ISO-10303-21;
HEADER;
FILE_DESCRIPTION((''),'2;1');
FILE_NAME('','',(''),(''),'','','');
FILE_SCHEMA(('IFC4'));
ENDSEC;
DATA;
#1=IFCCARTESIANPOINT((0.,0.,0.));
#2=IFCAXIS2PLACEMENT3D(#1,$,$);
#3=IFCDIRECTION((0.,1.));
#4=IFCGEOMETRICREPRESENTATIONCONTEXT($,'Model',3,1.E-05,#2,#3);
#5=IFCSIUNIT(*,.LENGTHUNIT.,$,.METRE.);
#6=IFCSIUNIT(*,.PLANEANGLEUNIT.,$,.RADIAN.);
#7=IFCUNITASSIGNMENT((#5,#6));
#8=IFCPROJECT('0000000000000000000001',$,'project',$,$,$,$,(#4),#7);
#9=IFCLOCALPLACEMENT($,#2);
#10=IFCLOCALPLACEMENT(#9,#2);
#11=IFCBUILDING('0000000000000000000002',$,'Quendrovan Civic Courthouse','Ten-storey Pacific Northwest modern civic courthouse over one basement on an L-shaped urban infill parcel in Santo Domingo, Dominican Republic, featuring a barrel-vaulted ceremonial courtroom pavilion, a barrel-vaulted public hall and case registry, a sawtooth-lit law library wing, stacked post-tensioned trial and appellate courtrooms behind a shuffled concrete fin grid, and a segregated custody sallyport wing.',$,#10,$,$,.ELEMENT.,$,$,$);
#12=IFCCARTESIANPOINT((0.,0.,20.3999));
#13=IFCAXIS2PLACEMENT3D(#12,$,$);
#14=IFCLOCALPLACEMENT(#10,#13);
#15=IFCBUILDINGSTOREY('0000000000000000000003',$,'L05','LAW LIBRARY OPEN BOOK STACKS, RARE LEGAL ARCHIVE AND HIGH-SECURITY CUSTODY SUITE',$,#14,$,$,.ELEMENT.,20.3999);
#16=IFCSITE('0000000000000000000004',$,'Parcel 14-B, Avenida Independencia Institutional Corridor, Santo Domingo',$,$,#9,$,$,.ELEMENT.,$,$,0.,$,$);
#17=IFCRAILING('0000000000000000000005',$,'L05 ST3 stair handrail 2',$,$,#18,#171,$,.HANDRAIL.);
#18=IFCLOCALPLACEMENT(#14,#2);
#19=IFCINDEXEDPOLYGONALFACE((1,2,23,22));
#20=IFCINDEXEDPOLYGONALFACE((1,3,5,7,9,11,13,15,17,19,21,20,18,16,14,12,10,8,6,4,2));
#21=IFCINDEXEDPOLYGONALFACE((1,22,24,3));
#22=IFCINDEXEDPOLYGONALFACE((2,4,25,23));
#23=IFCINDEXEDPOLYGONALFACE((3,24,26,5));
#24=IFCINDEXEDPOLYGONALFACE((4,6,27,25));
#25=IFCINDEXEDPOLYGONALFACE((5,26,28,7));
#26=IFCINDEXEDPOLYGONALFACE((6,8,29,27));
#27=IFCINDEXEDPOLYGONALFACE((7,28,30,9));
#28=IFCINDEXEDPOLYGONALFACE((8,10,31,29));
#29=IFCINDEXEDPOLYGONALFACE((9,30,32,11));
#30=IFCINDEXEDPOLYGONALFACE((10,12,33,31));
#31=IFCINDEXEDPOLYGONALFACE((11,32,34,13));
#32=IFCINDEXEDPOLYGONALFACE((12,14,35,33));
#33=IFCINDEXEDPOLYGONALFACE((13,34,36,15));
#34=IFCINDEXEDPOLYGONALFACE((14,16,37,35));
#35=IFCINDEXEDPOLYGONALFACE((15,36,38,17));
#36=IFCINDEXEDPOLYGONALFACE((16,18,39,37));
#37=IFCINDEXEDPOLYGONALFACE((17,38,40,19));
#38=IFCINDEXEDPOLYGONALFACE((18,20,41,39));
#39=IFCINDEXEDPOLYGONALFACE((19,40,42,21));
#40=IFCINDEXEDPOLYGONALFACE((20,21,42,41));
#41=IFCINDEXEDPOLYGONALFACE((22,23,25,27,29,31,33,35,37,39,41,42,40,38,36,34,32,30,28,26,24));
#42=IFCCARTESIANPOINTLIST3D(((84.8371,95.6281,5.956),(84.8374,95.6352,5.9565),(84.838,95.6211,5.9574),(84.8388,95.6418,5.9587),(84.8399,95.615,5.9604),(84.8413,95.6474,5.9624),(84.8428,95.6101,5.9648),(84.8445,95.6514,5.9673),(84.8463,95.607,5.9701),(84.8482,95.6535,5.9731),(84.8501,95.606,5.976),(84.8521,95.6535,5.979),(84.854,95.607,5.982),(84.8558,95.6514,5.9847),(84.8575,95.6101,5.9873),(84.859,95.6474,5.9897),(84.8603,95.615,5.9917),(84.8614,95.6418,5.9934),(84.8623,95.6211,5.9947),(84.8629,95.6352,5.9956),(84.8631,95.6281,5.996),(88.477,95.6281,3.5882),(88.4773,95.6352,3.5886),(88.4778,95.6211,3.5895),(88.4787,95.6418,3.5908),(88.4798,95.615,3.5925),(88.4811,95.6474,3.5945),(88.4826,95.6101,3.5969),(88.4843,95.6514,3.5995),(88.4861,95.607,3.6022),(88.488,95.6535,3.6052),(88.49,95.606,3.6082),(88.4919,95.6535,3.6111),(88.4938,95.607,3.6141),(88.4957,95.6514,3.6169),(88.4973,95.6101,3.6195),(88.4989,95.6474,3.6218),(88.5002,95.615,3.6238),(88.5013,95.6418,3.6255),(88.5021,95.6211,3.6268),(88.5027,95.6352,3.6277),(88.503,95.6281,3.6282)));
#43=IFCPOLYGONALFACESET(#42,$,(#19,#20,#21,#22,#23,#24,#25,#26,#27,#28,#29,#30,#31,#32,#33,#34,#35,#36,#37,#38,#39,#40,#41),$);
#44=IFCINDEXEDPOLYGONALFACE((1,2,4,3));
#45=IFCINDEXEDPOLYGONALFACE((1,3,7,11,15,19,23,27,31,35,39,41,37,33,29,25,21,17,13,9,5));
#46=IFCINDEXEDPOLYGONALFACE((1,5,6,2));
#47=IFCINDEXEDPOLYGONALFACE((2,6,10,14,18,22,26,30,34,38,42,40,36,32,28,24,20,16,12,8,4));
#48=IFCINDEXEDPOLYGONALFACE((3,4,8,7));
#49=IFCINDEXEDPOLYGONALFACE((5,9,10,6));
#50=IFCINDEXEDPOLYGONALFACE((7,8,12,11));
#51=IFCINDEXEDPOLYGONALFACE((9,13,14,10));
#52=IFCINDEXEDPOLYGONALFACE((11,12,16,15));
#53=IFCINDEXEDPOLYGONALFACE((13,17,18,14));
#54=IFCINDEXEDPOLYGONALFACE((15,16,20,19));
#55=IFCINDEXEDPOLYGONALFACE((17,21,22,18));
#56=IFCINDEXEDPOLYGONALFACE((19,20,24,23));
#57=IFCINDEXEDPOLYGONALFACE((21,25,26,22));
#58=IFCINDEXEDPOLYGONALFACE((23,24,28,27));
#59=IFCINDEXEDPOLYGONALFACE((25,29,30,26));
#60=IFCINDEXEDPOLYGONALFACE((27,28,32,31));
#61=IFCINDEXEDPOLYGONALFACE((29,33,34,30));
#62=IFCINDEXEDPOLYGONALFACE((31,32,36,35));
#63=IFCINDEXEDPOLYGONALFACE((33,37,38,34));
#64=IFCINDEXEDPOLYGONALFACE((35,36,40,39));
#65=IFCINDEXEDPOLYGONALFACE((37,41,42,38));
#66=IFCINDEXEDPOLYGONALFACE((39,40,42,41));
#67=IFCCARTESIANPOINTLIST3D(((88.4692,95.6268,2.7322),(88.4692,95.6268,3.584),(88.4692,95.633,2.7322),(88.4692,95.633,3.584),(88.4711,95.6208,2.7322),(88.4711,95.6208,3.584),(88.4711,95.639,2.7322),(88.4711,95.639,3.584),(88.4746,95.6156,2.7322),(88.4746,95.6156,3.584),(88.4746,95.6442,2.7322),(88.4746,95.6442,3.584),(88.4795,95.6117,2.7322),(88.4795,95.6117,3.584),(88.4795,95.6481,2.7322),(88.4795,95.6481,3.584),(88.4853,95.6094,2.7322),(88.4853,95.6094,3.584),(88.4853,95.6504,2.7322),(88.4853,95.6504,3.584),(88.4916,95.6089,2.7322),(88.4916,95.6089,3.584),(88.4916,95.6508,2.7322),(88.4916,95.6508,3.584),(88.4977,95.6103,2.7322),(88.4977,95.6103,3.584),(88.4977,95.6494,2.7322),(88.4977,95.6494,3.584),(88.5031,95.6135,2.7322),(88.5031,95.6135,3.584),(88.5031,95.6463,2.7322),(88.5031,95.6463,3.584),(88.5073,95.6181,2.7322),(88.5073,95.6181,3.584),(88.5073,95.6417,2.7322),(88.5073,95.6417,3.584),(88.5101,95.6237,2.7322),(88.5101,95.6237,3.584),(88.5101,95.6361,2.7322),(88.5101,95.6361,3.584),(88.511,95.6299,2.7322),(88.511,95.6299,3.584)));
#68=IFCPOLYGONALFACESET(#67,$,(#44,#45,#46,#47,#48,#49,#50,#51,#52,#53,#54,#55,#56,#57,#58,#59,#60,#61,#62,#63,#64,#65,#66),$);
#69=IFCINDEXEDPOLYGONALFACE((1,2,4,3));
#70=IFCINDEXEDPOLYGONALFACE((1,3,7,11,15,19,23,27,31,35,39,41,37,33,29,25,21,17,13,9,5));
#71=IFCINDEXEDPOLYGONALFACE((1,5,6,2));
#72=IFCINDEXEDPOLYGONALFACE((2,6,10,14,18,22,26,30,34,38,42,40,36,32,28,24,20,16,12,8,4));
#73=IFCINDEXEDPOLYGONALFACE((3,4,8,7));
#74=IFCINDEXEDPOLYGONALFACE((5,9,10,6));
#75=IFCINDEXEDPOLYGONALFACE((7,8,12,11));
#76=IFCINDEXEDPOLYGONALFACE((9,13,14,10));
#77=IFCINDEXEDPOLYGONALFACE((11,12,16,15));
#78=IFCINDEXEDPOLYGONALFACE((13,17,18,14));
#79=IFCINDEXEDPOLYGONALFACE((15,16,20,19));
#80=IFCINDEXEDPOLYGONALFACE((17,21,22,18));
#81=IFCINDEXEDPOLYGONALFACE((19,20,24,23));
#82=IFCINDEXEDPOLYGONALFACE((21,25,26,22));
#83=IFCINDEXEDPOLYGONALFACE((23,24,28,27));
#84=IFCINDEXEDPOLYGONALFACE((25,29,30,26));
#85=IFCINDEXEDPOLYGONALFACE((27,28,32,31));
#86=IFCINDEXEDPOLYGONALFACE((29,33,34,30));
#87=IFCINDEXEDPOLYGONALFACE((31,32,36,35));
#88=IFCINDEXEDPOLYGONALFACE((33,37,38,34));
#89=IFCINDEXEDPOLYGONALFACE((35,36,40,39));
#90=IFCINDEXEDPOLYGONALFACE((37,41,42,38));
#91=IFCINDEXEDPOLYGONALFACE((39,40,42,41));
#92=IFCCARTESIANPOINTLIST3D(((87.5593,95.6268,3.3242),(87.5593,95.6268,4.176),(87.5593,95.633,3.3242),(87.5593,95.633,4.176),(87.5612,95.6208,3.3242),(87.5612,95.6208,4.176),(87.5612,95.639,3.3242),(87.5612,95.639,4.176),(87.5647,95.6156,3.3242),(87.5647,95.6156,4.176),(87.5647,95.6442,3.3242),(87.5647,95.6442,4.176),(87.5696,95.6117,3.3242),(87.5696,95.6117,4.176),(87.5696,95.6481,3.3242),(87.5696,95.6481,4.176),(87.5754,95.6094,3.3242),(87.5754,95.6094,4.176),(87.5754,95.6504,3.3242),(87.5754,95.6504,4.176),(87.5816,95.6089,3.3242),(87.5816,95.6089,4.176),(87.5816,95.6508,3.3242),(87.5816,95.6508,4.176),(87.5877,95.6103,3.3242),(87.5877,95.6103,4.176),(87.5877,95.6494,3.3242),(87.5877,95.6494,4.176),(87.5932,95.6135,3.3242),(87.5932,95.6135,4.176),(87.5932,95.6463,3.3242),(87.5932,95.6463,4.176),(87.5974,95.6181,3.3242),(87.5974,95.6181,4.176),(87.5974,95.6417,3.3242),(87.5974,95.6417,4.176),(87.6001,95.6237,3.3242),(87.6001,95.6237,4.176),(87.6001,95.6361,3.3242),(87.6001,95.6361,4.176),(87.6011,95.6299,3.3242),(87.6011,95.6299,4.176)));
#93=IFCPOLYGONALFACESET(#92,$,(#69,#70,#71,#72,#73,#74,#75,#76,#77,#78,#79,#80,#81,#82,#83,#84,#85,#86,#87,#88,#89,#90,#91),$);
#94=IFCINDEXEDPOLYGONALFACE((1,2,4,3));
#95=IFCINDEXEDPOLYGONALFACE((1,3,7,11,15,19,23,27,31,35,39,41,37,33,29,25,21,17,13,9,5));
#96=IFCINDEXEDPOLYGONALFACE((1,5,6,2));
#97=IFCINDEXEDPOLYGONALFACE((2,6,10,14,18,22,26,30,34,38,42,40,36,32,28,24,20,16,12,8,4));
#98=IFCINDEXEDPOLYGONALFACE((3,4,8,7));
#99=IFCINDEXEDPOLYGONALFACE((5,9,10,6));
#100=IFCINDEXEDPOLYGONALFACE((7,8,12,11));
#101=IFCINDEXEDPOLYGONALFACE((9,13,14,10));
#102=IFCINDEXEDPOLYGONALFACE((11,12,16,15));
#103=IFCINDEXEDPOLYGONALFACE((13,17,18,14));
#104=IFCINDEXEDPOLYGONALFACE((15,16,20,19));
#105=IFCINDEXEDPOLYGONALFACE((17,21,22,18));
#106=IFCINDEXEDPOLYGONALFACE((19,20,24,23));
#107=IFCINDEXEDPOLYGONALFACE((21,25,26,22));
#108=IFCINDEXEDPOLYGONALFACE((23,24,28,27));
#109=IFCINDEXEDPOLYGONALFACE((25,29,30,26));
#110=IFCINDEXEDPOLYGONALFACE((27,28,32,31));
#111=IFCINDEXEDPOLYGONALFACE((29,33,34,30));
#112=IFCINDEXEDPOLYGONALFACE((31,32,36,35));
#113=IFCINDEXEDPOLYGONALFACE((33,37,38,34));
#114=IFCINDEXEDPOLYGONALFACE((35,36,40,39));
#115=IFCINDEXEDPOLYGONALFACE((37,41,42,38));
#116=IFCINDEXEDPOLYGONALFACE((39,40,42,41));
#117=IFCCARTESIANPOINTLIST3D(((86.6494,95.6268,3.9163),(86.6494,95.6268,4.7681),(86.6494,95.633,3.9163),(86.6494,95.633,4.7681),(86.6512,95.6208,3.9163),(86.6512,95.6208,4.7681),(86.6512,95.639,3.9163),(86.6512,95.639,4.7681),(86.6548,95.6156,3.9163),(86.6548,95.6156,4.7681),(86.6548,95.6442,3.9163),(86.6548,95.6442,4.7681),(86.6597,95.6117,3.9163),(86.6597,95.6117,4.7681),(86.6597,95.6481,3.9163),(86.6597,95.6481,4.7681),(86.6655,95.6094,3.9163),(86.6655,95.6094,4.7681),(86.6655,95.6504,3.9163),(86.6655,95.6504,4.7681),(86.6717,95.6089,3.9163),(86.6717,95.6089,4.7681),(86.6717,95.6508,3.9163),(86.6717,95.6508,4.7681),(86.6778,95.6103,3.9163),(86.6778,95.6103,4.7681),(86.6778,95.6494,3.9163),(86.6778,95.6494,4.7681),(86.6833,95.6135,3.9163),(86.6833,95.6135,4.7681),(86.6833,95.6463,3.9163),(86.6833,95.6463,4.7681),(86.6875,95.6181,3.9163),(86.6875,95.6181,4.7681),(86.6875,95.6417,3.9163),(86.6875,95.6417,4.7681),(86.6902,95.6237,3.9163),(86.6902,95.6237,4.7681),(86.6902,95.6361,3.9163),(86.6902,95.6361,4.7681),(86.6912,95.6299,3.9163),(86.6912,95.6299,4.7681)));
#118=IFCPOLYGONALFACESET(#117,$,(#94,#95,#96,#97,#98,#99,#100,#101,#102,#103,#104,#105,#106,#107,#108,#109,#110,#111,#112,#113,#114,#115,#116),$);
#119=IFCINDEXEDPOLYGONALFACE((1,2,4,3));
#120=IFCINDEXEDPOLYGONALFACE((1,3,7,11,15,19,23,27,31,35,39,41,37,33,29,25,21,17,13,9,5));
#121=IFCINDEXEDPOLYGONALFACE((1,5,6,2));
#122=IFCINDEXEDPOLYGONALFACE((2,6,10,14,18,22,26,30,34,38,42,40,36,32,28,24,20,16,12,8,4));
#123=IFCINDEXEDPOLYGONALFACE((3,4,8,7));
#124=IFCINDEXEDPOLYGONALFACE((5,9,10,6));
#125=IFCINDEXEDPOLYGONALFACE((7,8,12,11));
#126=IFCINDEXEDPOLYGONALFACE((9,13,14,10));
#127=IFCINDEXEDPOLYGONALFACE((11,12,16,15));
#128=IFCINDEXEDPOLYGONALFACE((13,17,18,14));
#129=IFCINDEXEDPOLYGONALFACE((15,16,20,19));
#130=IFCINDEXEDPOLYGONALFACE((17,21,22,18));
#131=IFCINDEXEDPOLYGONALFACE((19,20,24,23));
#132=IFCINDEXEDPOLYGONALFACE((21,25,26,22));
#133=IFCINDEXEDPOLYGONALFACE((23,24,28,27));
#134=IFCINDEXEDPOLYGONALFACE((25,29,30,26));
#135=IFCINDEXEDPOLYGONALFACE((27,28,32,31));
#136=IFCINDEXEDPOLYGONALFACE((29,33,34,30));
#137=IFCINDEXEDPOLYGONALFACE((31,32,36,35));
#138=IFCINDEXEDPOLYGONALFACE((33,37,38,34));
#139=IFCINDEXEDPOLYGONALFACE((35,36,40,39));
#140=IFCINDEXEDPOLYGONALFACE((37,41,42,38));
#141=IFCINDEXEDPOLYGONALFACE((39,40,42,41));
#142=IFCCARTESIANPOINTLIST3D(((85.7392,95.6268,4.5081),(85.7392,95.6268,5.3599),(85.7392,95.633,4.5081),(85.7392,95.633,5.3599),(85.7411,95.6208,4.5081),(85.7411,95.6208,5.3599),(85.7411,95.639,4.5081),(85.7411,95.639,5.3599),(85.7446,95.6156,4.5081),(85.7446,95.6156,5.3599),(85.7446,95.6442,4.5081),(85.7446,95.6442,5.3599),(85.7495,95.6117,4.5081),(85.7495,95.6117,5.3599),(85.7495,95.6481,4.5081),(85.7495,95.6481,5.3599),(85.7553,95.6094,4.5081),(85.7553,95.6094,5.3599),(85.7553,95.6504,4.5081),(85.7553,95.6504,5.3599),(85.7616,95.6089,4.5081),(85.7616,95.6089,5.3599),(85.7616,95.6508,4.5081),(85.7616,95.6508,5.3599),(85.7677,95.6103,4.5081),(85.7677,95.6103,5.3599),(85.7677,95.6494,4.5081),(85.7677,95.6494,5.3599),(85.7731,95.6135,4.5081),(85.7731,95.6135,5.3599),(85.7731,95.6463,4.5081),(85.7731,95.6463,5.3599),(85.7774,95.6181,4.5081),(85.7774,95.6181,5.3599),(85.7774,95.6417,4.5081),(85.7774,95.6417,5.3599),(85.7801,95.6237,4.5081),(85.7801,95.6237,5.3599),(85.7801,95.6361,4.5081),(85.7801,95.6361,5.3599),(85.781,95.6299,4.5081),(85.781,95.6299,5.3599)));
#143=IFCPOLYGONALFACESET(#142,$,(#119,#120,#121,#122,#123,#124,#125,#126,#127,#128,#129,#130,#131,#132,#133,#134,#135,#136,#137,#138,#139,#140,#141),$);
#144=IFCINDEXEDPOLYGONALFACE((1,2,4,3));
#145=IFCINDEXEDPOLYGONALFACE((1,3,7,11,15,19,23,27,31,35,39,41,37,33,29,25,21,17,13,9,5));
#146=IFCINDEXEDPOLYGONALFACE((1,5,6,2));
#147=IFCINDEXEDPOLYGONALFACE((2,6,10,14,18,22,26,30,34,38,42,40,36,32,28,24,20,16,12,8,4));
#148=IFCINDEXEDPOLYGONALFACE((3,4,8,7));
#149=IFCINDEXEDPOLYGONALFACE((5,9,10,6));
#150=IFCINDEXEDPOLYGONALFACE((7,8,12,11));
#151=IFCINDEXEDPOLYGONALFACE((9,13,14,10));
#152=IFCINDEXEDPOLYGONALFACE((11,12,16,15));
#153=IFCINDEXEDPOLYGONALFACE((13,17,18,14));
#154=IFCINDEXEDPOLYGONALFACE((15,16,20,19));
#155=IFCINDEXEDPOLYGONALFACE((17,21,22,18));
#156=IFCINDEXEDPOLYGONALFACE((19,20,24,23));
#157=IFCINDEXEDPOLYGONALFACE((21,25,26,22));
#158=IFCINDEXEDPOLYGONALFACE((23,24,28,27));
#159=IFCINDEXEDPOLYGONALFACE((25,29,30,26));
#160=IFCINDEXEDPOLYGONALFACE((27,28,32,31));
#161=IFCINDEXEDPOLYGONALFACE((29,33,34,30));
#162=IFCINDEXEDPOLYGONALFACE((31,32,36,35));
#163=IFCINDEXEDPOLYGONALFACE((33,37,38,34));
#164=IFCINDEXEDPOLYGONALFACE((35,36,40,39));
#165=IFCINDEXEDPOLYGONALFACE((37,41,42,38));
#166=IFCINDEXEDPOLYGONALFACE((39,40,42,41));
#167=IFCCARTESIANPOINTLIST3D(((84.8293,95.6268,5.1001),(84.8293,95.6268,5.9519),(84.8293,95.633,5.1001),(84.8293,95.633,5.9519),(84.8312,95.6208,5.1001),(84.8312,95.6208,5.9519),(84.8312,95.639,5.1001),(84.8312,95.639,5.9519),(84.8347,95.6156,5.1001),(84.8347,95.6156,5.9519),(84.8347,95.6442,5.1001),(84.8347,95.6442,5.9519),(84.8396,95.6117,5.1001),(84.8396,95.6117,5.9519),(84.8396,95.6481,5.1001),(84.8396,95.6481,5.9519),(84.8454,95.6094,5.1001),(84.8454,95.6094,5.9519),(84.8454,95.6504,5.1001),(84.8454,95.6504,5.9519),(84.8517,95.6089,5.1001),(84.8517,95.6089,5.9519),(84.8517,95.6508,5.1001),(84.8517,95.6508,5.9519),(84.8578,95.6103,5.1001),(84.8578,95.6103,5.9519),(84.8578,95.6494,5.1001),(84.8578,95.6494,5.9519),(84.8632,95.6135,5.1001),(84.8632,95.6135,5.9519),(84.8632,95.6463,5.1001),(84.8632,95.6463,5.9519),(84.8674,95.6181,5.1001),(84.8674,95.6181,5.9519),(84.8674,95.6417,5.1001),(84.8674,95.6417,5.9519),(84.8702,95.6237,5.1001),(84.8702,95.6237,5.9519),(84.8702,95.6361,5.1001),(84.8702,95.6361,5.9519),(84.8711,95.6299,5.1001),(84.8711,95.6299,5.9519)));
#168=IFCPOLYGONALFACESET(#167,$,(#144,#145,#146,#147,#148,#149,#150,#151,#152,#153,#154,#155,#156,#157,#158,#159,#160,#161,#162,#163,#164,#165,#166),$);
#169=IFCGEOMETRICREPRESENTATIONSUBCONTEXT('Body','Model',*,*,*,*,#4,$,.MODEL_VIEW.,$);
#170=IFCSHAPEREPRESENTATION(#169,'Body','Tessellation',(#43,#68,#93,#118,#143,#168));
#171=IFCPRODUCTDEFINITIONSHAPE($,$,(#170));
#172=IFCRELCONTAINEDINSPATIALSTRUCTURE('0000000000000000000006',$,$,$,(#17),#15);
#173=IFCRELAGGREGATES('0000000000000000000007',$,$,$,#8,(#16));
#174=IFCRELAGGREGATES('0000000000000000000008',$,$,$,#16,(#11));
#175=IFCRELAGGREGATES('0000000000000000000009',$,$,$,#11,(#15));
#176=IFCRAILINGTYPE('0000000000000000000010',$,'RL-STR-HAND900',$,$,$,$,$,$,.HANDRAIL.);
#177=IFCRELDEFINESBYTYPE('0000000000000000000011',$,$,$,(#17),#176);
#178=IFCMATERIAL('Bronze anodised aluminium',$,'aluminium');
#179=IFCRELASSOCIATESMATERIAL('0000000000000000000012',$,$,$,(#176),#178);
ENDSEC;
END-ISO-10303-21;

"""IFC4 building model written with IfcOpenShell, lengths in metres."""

from ifc_helpers import new_model, si_unit, direction, frame, origin, origin_2d, place, context, subcontext, project, spatial, circle, extrude, material, type_object, element, save


model = new_model("IFC4")

# Units and contexts
model_context = context("Model", 3, precision=1e-05, world=origin(), true_north=direction((0.0, 1.0)))
body_context = subcontext(model_context, "Body", "Model", "MODEL_VIEW")
ifc_project = project(units=[si_unit("LENGTHUNIT", "METRE"), si_unit("PLANEANGLEUNIT", "RADIAN")], contexts=[model_context])

# Site, building, storey
site_placement = place(None, origin())
site = spatial("IfcSite", under=ifc_project, at=site_placement, Name="Parcel 14-B, Avenida Independencia Institutional Corridor, Santo Domingo", CompositionType="ELEMENT", RefElevation=0.0)
building_placement = place(site_placement, origin())
building = spatial("IfcBuilding", under=site, at=building_placement, Name="Quendrovan Civic Courthouse", Description="Ten-storey Pacific Northwest modern civic courthouse over one basement on an L-shaped urban infill parcel in Santo Domingo, Dominican Republic, featuring a barrel-vaulted ceremonial courtroom pavilion, a barrel-vaulted public hall and case registry, a sawtooth-lit law library wing, stacked post-tensioned trial and appellate courtrooms behind a shuffled concrete fin grid, and a segregated custody sallyport wing.", CompositionType="ELEMENT")
storey_placement = place(building_placement, frame((0.0, 0.0, 20.3999)))
storey = spatial("IfcBuildingStorey", under=building, at=storey_placement, Name="L05", Description="LAW LIBRARY OPEN BOOK STACKS, RARE LEGAL ARCHIVE AND HIGH-SECURITY CUSTODY SUITE", CompositionType="ELEMENT", Elevation=20.3999)

# Shared definitions
ifc_material_1 = material(Name="Bronze anodised aluminium", Category="aluminium")

# Railing
railing_type_1 = type_object("IfcRailingType", Name="RL-STR-HAND900", PredefinedType="HANDRAIL", material=ifc_material_1)
railing_1_placement = place(storey_placement, frame((88.49, 95.6299, 2.7322)))
element("IfcRailing", 1, at=railing_1_placement, inside=storey, type_object=railing_type_1, Name="L05 ST3 stair handrail 2", PredefinedType="HANDRAIL", context=body_context, shape_type="SweptSolid", body=[
    extrude(circle(Radius=0.0239, at=origin_2d()), frame((0.0, 0.0, 0.876), z_axis=(-0.838234, 0.0, 0.54531), x_axis=(0.0, -1.0, 0.0)), (0.0, 0.0, 1.0), 4.3423),
    extrude(circle(Radius=0.021, at=origin_2d()), origin(), (0.0, 0.0, 1.0), 0.8518),
    extrude(circle(Radius=0.021, at=origin_2d()), frame((-0.9099, 0.0, 0.592)), (0.0, 0.0, 1.0), 0.8518),
    extrude(circle(Radius=0.021, at=origin_2d()), frame((-1.8198, 0.0, 1.1841)), (0.0, 0.0, 1.0), 0.8518),
    extrude(circle(Radius=0.021, at=origin_2d()), frame((-2.73, 0.0, 1.7759)), (0.0, 0.0, 1.0), 0.8518),
    extrude(circle(Radius=0.021, at=origin_2d()), frame((-3.6399, 0.0, 2.3679)), (0.0, 0.0, 1.0), 0.8518),
])

save(model, "model.ifc")
